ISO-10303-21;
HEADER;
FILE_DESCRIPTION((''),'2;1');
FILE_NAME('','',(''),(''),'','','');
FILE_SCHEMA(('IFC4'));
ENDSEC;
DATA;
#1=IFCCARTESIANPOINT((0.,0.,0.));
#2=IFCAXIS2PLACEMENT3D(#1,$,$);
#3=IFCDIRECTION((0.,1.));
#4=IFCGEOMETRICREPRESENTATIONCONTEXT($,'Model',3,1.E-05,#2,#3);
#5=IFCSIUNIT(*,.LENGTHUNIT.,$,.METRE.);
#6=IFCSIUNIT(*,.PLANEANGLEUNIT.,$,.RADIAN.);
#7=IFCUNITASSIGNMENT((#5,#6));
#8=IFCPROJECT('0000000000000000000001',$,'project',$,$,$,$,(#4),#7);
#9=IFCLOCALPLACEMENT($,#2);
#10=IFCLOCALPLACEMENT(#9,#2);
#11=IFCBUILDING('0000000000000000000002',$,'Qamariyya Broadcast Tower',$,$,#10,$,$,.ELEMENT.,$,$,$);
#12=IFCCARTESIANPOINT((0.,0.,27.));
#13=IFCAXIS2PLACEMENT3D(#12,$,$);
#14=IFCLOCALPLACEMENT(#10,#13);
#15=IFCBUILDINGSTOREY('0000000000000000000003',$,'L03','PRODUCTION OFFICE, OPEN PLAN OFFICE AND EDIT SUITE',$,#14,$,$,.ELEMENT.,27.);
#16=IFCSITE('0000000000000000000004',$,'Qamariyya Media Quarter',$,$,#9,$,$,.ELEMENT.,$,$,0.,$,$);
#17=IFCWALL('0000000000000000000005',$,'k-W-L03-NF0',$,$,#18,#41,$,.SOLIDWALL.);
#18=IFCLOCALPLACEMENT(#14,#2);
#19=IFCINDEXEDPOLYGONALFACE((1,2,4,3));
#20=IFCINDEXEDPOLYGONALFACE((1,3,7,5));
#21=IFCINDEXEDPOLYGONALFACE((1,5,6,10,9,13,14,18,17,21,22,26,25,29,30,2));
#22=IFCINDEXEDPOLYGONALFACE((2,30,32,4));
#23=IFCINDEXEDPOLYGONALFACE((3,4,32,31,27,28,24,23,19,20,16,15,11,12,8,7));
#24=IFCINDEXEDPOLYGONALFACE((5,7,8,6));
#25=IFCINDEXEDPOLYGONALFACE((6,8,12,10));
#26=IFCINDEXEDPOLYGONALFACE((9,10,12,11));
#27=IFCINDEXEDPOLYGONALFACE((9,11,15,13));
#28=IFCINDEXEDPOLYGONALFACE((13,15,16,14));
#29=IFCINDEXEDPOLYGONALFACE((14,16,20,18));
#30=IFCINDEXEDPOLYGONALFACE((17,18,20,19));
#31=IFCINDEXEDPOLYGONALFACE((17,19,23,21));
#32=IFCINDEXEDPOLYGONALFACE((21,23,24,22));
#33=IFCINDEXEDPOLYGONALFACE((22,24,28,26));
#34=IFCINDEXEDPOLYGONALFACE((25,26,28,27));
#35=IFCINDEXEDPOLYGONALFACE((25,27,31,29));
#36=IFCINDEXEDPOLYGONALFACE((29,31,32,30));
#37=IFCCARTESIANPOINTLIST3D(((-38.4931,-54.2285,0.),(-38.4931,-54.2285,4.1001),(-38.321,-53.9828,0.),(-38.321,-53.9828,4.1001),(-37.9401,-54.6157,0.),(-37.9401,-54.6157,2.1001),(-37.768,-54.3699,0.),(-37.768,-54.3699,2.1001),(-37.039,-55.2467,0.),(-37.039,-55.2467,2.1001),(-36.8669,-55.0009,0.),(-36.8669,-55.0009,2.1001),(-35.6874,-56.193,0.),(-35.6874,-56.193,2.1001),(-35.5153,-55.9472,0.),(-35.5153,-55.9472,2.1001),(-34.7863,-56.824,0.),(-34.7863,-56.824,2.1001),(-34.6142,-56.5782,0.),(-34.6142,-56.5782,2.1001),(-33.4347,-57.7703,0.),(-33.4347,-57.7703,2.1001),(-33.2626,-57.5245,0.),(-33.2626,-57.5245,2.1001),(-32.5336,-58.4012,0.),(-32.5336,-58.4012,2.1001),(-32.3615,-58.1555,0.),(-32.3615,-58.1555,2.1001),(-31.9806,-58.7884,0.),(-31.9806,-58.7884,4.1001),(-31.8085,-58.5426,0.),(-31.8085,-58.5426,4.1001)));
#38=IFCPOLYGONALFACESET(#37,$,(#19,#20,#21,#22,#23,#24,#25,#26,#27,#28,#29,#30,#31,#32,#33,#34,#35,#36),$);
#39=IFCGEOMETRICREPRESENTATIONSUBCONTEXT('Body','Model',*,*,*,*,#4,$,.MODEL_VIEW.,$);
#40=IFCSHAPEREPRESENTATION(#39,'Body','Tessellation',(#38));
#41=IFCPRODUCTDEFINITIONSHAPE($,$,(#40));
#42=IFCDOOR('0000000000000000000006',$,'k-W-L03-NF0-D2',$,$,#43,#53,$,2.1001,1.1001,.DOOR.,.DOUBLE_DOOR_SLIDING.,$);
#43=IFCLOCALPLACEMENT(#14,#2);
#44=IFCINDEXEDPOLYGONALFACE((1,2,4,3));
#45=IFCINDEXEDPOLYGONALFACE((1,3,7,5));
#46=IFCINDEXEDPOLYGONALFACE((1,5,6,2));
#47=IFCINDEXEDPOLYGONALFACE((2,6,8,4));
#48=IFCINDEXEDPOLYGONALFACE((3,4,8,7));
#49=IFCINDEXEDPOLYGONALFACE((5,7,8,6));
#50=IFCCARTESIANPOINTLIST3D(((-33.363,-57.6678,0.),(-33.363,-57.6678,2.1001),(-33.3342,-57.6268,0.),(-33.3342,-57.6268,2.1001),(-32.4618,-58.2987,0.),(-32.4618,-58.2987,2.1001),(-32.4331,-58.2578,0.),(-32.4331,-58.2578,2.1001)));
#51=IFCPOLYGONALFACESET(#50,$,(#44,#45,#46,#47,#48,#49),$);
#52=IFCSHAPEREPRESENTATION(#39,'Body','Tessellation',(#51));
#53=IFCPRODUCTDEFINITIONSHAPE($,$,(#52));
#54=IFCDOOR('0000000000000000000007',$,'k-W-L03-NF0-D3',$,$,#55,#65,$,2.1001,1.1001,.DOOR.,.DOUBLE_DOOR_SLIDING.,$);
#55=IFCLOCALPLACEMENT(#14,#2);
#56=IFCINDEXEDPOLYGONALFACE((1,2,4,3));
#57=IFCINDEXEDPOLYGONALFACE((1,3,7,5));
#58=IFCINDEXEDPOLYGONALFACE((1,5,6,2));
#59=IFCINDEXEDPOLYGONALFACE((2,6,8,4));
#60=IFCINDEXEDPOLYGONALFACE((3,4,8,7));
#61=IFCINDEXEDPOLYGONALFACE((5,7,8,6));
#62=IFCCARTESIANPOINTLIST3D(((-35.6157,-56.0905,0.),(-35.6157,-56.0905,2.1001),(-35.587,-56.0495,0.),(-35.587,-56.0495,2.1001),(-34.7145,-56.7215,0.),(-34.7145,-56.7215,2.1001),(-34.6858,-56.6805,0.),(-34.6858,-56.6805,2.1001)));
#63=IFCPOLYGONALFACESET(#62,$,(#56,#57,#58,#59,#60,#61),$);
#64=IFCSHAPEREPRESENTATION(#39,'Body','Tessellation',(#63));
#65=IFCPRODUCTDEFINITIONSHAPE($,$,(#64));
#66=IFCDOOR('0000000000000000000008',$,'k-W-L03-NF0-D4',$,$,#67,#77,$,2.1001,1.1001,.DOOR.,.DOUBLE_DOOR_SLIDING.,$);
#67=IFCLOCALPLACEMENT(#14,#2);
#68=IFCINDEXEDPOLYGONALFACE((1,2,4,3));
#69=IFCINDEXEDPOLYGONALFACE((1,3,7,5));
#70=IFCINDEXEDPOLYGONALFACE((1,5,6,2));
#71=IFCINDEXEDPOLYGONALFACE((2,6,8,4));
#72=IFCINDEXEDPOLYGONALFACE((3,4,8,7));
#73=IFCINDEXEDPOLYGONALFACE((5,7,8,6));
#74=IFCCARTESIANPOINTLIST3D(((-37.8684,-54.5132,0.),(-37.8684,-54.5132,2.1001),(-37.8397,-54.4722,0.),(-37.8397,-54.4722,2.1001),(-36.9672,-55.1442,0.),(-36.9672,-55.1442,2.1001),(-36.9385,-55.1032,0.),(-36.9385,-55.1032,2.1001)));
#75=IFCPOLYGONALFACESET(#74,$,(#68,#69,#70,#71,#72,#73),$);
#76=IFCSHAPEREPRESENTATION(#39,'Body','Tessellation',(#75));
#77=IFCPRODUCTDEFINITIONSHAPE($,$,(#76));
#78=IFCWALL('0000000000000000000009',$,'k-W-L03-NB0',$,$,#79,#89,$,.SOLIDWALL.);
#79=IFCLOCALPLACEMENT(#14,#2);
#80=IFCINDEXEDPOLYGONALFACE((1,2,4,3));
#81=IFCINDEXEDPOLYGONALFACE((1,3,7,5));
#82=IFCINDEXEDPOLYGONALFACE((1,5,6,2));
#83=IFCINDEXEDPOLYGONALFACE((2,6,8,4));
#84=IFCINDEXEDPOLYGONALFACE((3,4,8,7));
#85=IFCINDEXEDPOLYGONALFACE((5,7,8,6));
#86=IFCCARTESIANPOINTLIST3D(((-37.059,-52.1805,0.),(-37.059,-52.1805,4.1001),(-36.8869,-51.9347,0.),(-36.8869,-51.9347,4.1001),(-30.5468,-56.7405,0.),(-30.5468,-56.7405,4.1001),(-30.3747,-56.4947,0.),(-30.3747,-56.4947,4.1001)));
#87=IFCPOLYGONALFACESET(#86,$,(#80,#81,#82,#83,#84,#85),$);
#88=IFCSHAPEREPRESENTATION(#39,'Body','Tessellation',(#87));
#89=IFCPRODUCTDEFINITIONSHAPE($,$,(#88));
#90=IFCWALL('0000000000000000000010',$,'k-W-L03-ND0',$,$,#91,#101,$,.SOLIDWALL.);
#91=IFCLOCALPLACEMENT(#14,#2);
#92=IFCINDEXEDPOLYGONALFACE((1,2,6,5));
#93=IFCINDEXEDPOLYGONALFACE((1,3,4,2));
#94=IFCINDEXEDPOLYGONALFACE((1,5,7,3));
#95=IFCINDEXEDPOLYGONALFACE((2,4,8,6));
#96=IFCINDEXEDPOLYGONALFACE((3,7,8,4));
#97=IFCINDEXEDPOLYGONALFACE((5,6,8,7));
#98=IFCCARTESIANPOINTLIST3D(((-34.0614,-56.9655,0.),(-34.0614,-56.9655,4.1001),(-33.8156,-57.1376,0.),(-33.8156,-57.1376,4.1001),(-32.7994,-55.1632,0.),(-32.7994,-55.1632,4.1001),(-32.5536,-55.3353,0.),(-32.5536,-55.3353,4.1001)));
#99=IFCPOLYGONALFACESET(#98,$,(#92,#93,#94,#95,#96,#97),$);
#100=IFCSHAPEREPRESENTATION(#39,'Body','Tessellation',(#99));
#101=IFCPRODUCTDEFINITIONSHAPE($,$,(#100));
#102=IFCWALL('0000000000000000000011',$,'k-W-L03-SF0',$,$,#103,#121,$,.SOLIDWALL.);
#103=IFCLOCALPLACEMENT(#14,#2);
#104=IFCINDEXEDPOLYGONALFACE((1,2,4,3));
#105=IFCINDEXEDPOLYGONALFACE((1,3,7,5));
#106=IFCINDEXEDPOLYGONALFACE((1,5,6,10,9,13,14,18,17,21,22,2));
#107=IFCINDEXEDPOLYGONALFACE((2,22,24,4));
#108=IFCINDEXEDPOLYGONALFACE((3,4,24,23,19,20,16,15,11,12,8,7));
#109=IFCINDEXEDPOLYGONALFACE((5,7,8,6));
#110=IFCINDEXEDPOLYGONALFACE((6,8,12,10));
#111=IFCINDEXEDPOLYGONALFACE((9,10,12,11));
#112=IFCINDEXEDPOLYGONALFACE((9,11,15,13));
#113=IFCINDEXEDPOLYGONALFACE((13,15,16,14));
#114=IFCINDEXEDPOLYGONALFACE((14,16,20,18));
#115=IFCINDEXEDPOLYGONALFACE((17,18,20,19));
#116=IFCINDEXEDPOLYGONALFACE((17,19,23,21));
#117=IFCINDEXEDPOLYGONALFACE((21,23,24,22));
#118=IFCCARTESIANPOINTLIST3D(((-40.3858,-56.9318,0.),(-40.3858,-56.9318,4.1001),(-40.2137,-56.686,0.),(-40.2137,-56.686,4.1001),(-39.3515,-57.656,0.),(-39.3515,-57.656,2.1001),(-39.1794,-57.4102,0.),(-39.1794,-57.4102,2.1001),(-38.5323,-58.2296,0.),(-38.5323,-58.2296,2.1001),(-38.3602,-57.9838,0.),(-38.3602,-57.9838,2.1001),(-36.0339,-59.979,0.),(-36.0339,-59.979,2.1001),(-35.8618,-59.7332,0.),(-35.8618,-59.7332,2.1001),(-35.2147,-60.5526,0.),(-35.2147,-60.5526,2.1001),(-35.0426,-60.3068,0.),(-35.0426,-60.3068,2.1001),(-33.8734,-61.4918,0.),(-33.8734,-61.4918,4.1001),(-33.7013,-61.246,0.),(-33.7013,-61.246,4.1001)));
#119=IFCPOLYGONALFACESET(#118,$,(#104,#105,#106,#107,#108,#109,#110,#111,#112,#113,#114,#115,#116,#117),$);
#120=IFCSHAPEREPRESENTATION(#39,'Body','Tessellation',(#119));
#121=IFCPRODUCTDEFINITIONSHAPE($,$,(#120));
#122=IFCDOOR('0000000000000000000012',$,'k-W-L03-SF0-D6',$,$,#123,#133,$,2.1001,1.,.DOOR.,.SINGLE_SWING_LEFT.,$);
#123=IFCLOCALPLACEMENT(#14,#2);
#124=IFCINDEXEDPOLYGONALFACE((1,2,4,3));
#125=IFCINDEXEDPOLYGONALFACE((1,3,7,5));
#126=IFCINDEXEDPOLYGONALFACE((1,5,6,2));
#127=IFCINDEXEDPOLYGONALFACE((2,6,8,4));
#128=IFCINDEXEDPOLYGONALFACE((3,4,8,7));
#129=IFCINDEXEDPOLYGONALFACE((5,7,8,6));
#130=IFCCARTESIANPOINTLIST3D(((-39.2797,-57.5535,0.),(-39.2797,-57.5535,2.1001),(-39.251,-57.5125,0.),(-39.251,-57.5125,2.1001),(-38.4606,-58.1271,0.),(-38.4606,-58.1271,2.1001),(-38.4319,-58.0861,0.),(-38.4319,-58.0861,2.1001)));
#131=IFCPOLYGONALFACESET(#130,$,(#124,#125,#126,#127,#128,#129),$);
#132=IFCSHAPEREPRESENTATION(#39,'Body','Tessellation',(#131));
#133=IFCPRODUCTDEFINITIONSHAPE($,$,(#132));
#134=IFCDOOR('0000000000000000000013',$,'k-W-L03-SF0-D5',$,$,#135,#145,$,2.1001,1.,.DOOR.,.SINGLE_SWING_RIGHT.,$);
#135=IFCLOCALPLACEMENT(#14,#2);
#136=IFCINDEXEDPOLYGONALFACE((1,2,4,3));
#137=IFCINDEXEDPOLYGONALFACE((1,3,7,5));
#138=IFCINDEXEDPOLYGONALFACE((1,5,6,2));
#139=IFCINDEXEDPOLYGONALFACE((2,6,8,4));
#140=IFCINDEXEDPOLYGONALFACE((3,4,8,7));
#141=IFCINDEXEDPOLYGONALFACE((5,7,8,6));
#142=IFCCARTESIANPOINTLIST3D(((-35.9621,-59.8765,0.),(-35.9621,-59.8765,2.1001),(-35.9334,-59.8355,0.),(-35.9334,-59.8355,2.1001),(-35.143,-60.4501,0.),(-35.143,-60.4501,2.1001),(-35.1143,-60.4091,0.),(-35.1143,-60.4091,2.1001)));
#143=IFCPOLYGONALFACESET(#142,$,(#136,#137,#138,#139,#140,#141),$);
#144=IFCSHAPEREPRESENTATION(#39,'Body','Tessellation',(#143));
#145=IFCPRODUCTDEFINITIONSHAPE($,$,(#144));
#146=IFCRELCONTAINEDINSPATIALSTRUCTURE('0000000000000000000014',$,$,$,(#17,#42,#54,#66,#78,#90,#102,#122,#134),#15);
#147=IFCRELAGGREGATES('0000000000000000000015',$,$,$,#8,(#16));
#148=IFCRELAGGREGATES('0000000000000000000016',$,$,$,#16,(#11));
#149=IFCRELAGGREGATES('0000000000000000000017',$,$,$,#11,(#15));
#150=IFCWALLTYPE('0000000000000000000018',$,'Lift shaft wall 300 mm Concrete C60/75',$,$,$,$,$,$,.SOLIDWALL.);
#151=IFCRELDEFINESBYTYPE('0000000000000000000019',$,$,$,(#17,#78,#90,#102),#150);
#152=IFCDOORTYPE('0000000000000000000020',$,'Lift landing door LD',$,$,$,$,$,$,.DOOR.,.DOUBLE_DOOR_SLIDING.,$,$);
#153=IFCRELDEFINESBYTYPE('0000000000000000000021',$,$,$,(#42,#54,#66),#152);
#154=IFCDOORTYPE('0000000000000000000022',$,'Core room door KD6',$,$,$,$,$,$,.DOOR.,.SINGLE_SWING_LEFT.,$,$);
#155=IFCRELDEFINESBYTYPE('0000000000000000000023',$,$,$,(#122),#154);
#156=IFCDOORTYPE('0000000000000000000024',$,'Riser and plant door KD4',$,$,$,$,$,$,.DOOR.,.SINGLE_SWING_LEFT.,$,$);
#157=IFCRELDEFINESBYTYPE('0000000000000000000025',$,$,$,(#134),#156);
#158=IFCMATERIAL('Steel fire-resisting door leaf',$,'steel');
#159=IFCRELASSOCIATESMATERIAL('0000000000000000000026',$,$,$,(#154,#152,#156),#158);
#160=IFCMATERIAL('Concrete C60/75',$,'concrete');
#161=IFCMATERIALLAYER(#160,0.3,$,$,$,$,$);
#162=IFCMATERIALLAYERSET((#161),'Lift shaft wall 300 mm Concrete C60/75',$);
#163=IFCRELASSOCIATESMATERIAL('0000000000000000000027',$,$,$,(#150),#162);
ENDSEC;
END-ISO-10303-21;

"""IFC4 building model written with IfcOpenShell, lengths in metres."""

from ifc_helpers import new_model, si_unit, direction, frame, frame_2d, origin, place, context, subcontext, project, spatial, rectangle, extrude, material, layer, layer_set, type_object, element, fill, save


model = new_model("IFC4")

# Units and contexts
model_context = context("Model", 3, precision=1e-05, world=origin(), true_north=direction((0.0, 1.0)))
body_context = subcontext(model_context, "Body", "Model", "MODEL_VIEW")
ifc_project = project(units=[si_unit("LENGTHUNIT", "METRE"), si_unit("PLANEANGLEUNIT", "RADIAN")], contexts=[model_context])

# Site, building, storey
site_placement = place(None, origin())
site = spatial("IfcSite", under=ifc_project, at=site_placement, Name="Qamariyya Media Quarter", CompositionType="ELEMENT", RefElevation=0.0)
building_placement = place(site_placement, origin())
building = spatial("IfcBuilding", under=site, at=building_placement, Name="Qamariyya Broadcast Tower", CompositionType="ELEMENT")
storey_placement = place(building_placement, frame((0.0, 0.0, 27.0)))
storey = spatial("IfcBuildingStorey", under=building, at=storey_placement, Name="L03", Description="PRODUCTION OFFICE, OPEN PLAN OFFICE AND EDIT SUITE", CompositionType="ELEMENT", Elevation=27.0)

# Shared definitions
ifc_material_1 = material(Name="Steel fire-resisting door leaf", Category="steel")
door_type_1 = type_object("IfcDoorType", Name="Core room door KD6", OperationType="SINGLE_SWING_LEFT", PredefinedType="DOOR", material=ifc_material_1)

# Wall, openings, doors
ifc_material_2 = material(Name="Concrete C60/75", Category="concrete")
ifc_layer_1 = layer(ifc_material_2, 0.3)
ifc_layer_set_1 = layer_set([ifc_layer_1], Name="Lift shaft wall 300 mm Concrete C60/75")
wall_type_1 = type_object("IfcWallType", Name="Lift shaft wall 300 mm Concrete C60/75", PredefinedType="SOLIDWALL", material=ifc_layer_set_1)
wall_1_placement = place(storey_placement, frame((-31.8945, -58.6655, 0.0), z_axis=(0.0, 0.0, 1.0), x_axis=(-0.819167, 0.573555, 0.0)))
wall_1 = element("IfcWall", 1, at=wall_1_placement, inside=storey, type_object=wall_type_1, Name="k-W-L03-NF0", PredefinedType="SOLIDWALL", context=body_context, shape_type="SweptSolid", body=[
    extrude(rectangle(XDim=7.9502, YDim=0.3, at=frame_2d((3.9751, 0.0))), origin(), (0.0, 0.0, 1.0), 4.1001),
])
opening_1_placement = place(wall_1_placement, frame((0.675, 0.0, 0.0)))
opening_1 = element("IfcOpeningElement", 2, at=opening_1_placement, cuts=wall_1, PredefinedType="OPENING", context=body_context, shape_type="SweptSolid", body=[
    extrude(rectangle(XDim=1.1001, YDim=2.1001, at=frame_2d((0.55, 1.05))), frame((0.0, 0.1599, 0.0), z_axis=(0.0, -1.0, 0.0), x_axis=(1.0, 0.0, 0.0)), (0.0, 0.0, 1.0), 0.3201),
])
opening_2_placement = place(wall_1_placement, frame((3.425, 0.0, 0.0)))
opening_2 = element("IfcOpeningElement", 3, at=opening_2_placement, cuts=wall_1, PredefinedType="OPENING", context=body_context, shape_type="SweptSolid", body=[
    extrude(rectangle(XDim=1.1001, YDim=2.1001, at=frame_2d((0.55, 1.05))), frame((0.0, 0.1599, 0.0), z_axis=(0.0, -1.0, 0.0), x_axis=(1.0, 0.0, 0.0)), (0.0, 0.0, 1.0), 0.3201),
])
opening_3_placement = place(wall_1_placement, frame((6.175, 0.0, 0.0)))
opening_3 = element("IfcOpeningElement", 4, at=opening_3_placement, cuts=wall_1, PredefinedType="OPENING", context=body_context, shape_type="SweptSolid", body=[
    extrude(rectangle(XDim=1.1001, YDim=2.1001, at=frame_2d((0.55, 1.05))), frame((0.0, 0.1599, 0.0), z_axis=(0.0, -1.0, 0.0), x_axis=(1.0, 0.0, 0.0)), (0.0, 0.0, 1.0), 0.3201),
])
door_type_2 = type_object("IfcDoorType", Name="Lift landing door LD", OperationType="DOUBLE_DOOR_SLIDING", PredefinedType="DOOR", material=ifc_material_1)
door_1_placement = place(opening_1_placement, origin())
door_1 = element("IfcDoor", 5, at=door_1_placement, inside=storey, type_object=door_type_2, Name="k-W-L03-NF0-D2", OperationType="DOUBLE_DOOR_SLIDING", OverallHeight=2.1001, OverallWidth=1.1001, PredefinedType="DOOR", context=body_context, shape_type="SweptSolid", body=[
    extrude(rectangle(XDim=1.1001, YDim=2.1001, at=frame_2d((0.55, 1.05))), frame((0.0, 0.0249, 0.0), z_axis=(0.0, -1.0, 0.0), x_axis=(1.0, 0.0, 0.0)), (0.0, 0.0, 1.0), 0.05),
])
fill(opening_1, door_1)
door_2_placement = place(opening_2_placement, origin())
door_2 = element("IfcDoor", 6, at=door_2_placement, inside=storey, type_object=door_type_2, Name="k-W-L03-NF0-D3", OperationType="DOUBLE_DOOR_SLIDING", OverallHeight=2.1001, OverallWidth=1.1001, PredefinedType="DOOR", context=body_context, shape_type="SweptSolid", body=[
    extrude(rectangle(XDim=1.1001, YDim=2.1001, at=frame_2d((0.55, 1.05))), frame((0.0, 0.0249, 0.0), z_axis=(0.0, -1.0, 0.0), x_axis=(1.0, 0.0, 0.0)), (0.0, 0.0, 1.0), 0.05),
])
fill(opening_2, door_2)
door_3_placement = place(opening_3_placement, origin())
door_3 = element("IfcDoor", 7, at=door_3_placement, inside=storey, type_object=door_type_2, Name="k-W-L03-NF0-D4", OperationType="DOUBLE_DOOR_SLIDING", OverallHeight=2.1001, OverallWidth=1.1001, PredefinedType="DOOR", context=body_context, shape_type="SweptSolid", body=[
    extrude(rectangle(XDim=1.1001, YDim=2.1001, at=frame_2d((0.55, 1.05))), frame((0.0, 0.0249, 0.0), z_axis=(0.0, -1.0, 0.0), x_axis=(1.0, 0.0, 0.0)), (0.0, 0.0, 1.0), 0.05),
])
fill(opening_3, door_3)

# Walls
wall_2_placement = place(storey_placement, frame((-30.4607, -56.6177, 0.0), z_axis=(0.0, 0.0, 1.0), x_axis=(-0.819142, 0.57359, 0.0)))
element("IfcWall", 8, at=wall_2_placement, inside=storey, type_object=wall_type_1, Name="k-W-L03-NB0", PredefinedType="SOLIDWALL", context=body_context, shape_type="SweptSolid", body=[
    extrude(rectangle(XDim=7.95, YDim=0.3, at=frame_2d((3.9751, 0.0))), origin(), (0.0, 0.0, 1.0), 4.1001),
])
wall_3_placement = place(storey_placement, frame((-33.9385, -57.0515, 0.0), z_axis=(0.0, 0.0, 1.0), x_axis=(0.573581, 0.819149, 0.0)))
element("IfcWall", 9, at=wall_3_placement, inside=storey, type_object=wall_type_1, Name="k-W-L03-ND0", PredefinedType="SOLIDWALL", context=body_context, shape_type="SweptSolid", body=[
    extrude(rectangle(XDim=2.2002, YDim=0.3, at=frame_2d((1.1001, 0.0))), origin(), (0.0, 0.0, 1.0), 4.1001),
])

# Wall, openings, doors
wall_4_placement = place(storey_placement, frame((-33.7874, -61.3689, 0.0), z_axis=(0.0, 0.0, 1.0), x_axis=(-0.819153, 0.573576, 0.0)))
wall_4 = element("IfcWall", 10, at=wall_4_placement, inside=storey, type_object=wall_type_1, Name="k-W-L03-SF0", PredefinedType="SOLIDWALL", context=body_context, shape_type="SweptSolid", body=[
    extrude(rectangle(XDim=7.9502, YDim=0.3, at=frame_2d((3.9751, 0.0))), origin(), (0.0, 0.0, 1.0), 4.1001),
])
opening_4_placement = place(wall_4_placement, frame((1.6375, 0.0, 0.0)))
opening_4 = element("IfcOpeningElement", 11, at=opening_4_placement, cuts=wall_4, PredefinedType="OPENING", context=body_context, shape_type="SweptSolid", body=[
    extrude(rectangle(XDim=1.0, YDim=2.1001, at=frame_2d((0.5, 1.05))), frame((0.0, 0.1599, 0.0), z_axis=(0.0, -1.0, 0.0), x_axis=(1.0, 0.0, 0.0)), (0.0, 0.0, 1.0), 0.3201),
])
opening_5_placement = place(wall_4_placement, frame((5.6875, 0.0, 0.0)))
opening_5 = element("IfcOpeningElement", 12, at=opening_5_placement, cuts=wall_4, PredefinedType="OPENING", context=body_context, shape_type="SweptSolid", body=[
    extrude(rectangle(XDim=1.0, YDim=2.1001, at=frame_2d((0.5, 1.05))), frame((0.0, 0.1599, 0.0), z_axis=(0.0, -1.0, 0.0), x_axis=(1.0, 0.0, 0.0)), (0.0, 0.0, 1.0), 0.3201),
])
door_4_placement = place(opening_5_placement, origin())
door_4 = element("IfcDoor", 13, at=door_4_placement, inside=storey, type_object=door_type_1, Name="k-W-L03-SF0-D6", OperationType="SINGLE_SWING_LEFT", OverallHeight=2.1001, OverallWidth=1.0, PredefinedType="DOOR", context=body_context, shape_type="SweptSolid", body=[
    extrude(rectangle(XDim=1.0, YDim=2.1001, at=frame_2d((0.5, 1.05))), frame((0.0, 0.0249, 0.0), z_axis=(0.0, -1.0, 0.0), x_axis=(1.0, 0.0, 0.0)), (0.0, 0.0, 1.0), 0.05),
])
fill(opening_5, door_4)
door_type_3 = type_object("IfcDoorType", Name="Riser and plant door KD4", OperationType="SINGLE_SWING_LEFT", PredefinedType="DOOR", material=ifc_material_1)
door_5_placement = place(opening_4_placement, origin())
door_5 = element("IfcDoor", 14, at=door_5_placement, inside=storey, type_object=door_type_3, Name="k-W-L03-SF0-D5", OperationType="SINGLE_SWING_RIGHT", OverallHeight=2.1001, OverallWidth=1.0, PredefinedType="DOOR", context=body_context, shape_type="SweptSolid", body=[
    extrude(rectangle(XDim=1.0, YDim=2.1001, at=frame_2d((0.5, 1.05))), frame((0.0, 0.0249, 0.0), z_axis=(0.0, -1.0, 0.0), x_axis=(1.0, 0.0, 0.0)), (0.0, 0.0, 1.0), 0.05),
])
fill(opening_4, door_5)

save(model, "model.ifc")
